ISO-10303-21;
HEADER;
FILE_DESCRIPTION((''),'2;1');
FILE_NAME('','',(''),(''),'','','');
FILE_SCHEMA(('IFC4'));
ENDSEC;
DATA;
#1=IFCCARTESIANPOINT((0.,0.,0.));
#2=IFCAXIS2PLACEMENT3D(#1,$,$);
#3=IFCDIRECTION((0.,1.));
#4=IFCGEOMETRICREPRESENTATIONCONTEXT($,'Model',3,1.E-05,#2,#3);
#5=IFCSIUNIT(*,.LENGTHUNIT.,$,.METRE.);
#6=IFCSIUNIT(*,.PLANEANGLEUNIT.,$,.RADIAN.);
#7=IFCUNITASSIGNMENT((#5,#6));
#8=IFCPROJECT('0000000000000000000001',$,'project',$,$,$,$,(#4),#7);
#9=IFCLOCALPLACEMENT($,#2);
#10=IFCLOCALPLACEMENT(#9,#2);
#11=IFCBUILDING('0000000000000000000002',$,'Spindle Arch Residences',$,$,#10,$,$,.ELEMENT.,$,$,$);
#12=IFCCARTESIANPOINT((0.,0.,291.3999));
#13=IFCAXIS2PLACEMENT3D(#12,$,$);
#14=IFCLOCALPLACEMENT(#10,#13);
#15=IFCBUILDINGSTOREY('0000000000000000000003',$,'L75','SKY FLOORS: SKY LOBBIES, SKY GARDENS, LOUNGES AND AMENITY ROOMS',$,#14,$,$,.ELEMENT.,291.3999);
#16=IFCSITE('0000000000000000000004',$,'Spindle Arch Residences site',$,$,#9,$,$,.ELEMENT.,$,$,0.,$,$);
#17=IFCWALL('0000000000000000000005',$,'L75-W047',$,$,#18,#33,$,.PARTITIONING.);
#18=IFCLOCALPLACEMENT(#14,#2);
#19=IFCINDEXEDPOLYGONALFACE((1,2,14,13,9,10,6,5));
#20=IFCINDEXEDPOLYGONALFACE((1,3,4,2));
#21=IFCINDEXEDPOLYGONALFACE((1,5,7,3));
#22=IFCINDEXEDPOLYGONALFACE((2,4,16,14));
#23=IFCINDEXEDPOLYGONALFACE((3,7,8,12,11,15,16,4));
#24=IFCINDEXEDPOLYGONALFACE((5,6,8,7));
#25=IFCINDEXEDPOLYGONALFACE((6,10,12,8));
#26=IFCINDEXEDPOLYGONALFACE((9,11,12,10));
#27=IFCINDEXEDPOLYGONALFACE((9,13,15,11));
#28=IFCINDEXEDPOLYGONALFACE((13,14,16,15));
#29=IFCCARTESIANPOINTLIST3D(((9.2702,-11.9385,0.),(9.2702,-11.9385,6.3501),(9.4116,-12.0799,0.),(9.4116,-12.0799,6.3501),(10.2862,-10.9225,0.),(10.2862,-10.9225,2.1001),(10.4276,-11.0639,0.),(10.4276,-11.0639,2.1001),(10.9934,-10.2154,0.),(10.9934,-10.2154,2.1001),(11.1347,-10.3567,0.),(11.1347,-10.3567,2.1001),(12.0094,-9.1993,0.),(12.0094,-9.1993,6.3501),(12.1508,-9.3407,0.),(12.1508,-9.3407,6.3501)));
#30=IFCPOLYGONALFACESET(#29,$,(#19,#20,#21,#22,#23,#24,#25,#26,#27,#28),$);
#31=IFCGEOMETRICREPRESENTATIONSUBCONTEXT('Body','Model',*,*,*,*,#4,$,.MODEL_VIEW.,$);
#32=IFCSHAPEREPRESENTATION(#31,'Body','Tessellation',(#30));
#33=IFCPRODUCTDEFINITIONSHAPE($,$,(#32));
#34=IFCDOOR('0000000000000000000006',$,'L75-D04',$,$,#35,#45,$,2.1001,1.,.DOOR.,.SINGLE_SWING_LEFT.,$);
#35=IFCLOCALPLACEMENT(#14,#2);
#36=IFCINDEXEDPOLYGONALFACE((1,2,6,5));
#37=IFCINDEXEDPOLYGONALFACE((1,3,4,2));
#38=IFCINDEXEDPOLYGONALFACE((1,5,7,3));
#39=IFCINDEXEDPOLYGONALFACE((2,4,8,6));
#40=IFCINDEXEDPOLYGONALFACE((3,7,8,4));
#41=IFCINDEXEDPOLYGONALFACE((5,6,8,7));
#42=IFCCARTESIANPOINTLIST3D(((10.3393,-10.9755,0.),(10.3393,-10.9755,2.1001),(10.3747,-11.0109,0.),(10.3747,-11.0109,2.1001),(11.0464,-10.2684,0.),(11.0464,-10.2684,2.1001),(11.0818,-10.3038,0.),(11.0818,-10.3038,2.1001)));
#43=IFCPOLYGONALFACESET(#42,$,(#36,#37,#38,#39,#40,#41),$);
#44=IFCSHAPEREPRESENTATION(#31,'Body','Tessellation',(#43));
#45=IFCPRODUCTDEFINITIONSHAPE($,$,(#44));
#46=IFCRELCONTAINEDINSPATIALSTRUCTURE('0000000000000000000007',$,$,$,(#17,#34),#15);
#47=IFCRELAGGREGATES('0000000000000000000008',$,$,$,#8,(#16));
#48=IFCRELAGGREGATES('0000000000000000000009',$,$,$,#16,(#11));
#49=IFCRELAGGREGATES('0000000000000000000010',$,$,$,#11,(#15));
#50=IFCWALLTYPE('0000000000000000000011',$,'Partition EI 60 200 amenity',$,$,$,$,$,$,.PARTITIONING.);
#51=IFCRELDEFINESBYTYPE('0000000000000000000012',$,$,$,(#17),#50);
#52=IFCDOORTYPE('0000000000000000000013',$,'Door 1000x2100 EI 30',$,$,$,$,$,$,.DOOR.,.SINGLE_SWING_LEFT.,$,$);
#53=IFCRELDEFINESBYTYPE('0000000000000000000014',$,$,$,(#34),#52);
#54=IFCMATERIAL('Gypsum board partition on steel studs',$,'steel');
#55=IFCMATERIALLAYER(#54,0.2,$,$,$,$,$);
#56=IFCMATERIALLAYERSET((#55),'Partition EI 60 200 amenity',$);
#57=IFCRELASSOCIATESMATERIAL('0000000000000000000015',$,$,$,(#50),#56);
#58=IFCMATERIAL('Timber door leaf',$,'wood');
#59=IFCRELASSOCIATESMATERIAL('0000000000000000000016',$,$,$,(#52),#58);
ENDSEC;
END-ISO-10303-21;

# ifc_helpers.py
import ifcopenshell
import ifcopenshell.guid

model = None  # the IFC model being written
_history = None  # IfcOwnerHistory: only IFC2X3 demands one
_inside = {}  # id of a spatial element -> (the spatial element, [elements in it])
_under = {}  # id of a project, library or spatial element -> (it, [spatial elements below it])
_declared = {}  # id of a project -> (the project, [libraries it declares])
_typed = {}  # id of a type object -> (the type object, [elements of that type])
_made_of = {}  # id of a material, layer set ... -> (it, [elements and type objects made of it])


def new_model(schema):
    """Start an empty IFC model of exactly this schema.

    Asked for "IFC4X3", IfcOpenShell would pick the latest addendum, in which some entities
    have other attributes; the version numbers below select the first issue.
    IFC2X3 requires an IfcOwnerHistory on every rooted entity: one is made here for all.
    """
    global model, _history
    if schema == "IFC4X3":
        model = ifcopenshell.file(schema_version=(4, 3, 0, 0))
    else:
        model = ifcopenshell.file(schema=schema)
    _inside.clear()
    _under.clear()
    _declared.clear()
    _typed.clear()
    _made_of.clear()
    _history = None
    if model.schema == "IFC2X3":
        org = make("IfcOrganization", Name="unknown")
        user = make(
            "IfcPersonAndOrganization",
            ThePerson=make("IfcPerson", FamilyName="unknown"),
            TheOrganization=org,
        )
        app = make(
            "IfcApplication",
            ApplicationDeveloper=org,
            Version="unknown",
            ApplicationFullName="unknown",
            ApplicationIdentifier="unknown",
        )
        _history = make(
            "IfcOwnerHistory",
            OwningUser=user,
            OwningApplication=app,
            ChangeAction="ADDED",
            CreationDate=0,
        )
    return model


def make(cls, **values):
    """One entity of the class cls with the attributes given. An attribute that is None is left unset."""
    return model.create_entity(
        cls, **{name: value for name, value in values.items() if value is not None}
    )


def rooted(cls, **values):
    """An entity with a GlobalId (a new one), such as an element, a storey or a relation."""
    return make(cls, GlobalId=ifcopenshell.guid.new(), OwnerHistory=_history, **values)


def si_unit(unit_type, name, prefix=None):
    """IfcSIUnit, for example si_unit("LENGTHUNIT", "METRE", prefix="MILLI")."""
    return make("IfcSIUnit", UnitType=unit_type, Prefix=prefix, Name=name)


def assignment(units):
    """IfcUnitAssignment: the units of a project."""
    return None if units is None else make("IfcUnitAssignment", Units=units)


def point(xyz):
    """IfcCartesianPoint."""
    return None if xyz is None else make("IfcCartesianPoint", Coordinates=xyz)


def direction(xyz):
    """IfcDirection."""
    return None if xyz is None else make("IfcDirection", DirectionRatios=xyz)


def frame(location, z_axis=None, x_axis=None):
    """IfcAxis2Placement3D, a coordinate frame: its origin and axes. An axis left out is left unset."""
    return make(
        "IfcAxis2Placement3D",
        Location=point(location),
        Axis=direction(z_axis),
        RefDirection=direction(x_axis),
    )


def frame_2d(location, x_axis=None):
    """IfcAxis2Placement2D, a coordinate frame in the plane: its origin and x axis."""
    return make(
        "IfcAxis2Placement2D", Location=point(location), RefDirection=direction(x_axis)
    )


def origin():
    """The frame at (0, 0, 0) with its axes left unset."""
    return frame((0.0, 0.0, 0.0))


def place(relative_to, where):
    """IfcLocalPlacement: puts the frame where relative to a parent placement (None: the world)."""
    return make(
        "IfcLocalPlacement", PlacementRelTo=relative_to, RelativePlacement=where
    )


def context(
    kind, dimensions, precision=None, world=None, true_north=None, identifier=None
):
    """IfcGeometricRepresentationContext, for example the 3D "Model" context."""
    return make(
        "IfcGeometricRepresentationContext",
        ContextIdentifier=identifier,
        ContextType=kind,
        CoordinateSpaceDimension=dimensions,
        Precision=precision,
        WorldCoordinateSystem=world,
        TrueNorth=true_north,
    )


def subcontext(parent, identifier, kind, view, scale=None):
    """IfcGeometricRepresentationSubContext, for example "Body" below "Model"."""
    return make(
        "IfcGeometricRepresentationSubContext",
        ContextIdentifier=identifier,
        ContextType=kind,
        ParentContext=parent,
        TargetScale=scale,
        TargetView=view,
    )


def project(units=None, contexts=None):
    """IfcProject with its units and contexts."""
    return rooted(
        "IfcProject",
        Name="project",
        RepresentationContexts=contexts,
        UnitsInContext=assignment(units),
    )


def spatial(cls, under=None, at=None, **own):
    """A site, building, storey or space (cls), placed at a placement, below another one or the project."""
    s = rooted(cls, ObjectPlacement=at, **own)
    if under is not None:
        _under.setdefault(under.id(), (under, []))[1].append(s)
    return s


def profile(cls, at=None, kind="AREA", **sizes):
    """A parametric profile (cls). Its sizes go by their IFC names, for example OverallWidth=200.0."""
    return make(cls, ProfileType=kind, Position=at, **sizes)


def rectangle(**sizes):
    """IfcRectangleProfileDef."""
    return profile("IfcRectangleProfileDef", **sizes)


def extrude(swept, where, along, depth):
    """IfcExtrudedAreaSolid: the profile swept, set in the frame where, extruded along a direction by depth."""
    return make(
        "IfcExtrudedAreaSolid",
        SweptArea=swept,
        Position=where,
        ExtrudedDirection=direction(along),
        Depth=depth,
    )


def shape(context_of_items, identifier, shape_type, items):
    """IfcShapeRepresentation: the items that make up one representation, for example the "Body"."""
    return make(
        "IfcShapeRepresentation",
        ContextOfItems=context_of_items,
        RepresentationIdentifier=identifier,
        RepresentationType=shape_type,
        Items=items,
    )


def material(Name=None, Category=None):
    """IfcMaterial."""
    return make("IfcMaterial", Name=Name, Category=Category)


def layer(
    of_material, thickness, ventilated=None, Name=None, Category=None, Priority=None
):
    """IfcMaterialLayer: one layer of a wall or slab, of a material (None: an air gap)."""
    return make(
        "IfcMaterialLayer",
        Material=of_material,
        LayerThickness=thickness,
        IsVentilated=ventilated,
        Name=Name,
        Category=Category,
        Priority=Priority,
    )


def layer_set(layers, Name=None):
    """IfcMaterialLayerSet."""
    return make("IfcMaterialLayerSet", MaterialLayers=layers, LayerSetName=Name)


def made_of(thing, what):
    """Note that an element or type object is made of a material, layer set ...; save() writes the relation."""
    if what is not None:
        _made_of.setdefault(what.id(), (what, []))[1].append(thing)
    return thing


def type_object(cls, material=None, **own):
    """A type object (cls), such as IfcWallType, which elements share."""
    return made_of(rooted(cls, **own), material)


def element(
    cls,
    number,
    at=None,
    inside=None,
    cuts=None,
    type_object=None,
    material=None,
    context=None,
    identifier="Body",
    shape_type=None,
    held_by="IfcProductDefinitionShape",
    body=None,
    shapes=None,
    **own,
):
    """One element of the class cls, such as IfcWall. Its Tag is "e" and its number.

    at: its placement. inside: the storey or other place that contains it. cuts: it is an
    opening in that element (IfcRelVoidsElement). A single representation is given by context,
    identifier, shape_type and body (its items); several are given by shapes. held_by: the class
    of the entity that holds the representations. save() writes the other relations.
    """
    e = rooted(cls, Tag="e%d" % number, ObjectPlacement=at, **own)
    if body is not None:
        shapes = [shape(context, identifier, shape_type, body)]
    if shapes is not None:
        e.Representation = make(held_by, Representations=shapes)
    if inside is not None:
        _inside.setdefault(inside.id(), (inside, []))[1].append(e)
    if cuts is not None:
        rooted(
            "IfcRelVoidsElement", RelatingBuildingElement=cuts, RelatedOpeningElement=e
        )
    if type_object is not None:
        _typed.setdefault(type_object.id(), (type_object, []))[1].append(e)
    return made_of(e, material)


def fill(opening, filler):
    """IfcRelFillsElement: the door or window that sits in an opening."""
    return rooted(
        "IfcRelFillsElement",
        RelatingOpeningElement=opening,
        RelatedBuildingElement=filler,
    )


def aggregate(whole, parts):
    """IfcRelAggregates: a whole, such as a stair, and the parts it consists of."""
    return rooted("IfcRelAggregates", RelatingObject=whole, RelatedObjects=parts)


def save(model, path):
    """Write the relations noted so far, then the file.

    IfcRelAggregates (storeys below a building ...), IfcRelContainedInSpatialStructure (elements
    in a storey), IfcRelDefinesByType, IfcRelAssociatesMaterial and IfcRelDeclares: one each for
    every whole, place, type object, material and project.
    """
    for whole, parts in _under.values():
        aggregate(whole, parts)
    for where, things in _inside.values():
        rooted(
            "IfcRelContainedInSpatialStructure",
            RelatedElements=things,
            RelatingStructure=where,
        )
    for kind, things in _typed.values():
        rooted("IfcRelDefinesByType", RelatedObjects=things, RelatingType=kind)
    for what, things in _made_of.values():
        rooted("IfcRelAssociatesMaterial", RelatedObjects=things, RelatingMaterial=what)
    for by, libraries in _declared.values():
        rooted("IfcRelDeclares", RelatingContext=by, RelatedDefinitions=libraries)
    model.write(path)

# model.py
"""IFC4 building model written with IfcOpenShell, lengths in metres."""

from ifc_helpers import new_model, si_unit, direction, frame, frame_2d, origin, place, context, subcontext, project, spatial, rectangle, extrude, material, layer, layer_set, type_object, element, fill, save


model = new_model("IFC4")

# Units and contexts
model_context = context("Model", 3, precision=1e-05, world=origin(), true_north=direction((0.0, 1.0)))
body_context = subcontext(model_context, "Body", "Model", "MODEL_VIEW")
ifc_project = project(units=[si_unit("LENGTHUNIT", "METRE"), si_unit("PLANEANGLEUNIT", "RADIAN")], contexts=[model_context])

# Site, building, storey
site_placement = place(None, origin())
site = spatial("IfcSite", under=ifc_project, at=site_placement, Name="Spindle Arch Residences site", CompositionType="ELEMENT", RefElevation=0.0)
building_placement = place(site_placement, origin())
building = spatial("IfcBuilding", under=site, at=building_placement, Name="Spindle Arch Residences", CompositionType="ELEMENT")
storey_placement = place(building_placement, frame((0.0, 0.0, 291.3999)))
storey = spatial("IfcBuildingStorey", under=building, at=storey_placement, Name="L75", Description="SKY FLOORS: SKY LOBBIES, SKY GARDENS, LOUNGES AND AMENITY ROOMS", CompositionType="ELEMENT", Elevation=291.3999)

# Wall, opening, door
ifc_material_1 = material(Name="Gypsum board partition on steel studs", Category="steel")
ifc_layer_1 = layer(ifc_material_1, 0.2)
ifc_layer_set_1 = layer_set([ifc_layer_1], Name="Partition EI 60 200 amenity")
wall_type = type_object("IfcWallType", Name="Partition EI 60 200 amenity", PredefinedType="PARTITIONING", material=ifc_layer_set_1)
wall_placement = place(storey_placement, frame((9.3408, -12.0093, 0.0), z_axis=(0.0, 0.0, 1.0), x_axis=(0.707107, 0.707107, 0.0)))
wall = element("IfcWall", 1, at=wall_placement, inside=storey, type_object=wall_type, Name="L75-W047", PredefinedType="PARTITIONING", context=body_context, shape_type="SweptSolid", body=[
    extrude(rectangle(XDim=3.8738, YDim=0.2, at=frame_2d((1.937, 0.0))), origin(), (0.0, 0.0, 1.0), 6.3501),
])
opening_placement = place(wall_placement, frame((1.437, 0.0, 0.0)))
opening = element("IfcOpeningElement", 2, at=opening_placement, cuts=wall, PredefinedType="OPENING", context=body_context, shape_type="SweptSolid", body=[
    extrude(rectangle(XDim=1.0, YDim=2.1001, at=frame_2d((0.5, 1.05))), frame((0.0, 0.1099, 0.0), z_axis=(0.0, -1.0, 0.0), x_axis=(1.0, 0.0, 0.0)), (0.0, 0.0, 1.0), 0.22),
])
ifc_material_2 = material(Name="Timber door leaf", Category="wood")
door_type = type_object("IfcDoorType", Name="Door 1000x2100 EI 30", OperationType="SINGLE_SWING_LEFT", PredefinedType="DOOR", material=ifc_material_2)
door_placement = place(opening_placement, origin())
door = element("IfcDoor", 3, at=door_placement, inside=storey, type_object=door_type, Name="L75-D04", OperationType="SINGLE_SWING_LEFT", OverallHeight=2.1001, OverallWidth=1.0, PredefinedType="DOOR", context=body_context, shape_type="SweptSolid", body=[
    extrude(rectangle(XDim=1.0, YDim=2.1001, at=frame_2d((0.5, 1.05))), frame((0.0, 0.0249, 0.0), z_axis=(0.0, -1.0, 0.0), x_axis=(1.0, 0.0, 0.0)), (0.0, 0.0, 1.0), 0.05),
])
fill(opening, door)

save(model, "model.ifc")
